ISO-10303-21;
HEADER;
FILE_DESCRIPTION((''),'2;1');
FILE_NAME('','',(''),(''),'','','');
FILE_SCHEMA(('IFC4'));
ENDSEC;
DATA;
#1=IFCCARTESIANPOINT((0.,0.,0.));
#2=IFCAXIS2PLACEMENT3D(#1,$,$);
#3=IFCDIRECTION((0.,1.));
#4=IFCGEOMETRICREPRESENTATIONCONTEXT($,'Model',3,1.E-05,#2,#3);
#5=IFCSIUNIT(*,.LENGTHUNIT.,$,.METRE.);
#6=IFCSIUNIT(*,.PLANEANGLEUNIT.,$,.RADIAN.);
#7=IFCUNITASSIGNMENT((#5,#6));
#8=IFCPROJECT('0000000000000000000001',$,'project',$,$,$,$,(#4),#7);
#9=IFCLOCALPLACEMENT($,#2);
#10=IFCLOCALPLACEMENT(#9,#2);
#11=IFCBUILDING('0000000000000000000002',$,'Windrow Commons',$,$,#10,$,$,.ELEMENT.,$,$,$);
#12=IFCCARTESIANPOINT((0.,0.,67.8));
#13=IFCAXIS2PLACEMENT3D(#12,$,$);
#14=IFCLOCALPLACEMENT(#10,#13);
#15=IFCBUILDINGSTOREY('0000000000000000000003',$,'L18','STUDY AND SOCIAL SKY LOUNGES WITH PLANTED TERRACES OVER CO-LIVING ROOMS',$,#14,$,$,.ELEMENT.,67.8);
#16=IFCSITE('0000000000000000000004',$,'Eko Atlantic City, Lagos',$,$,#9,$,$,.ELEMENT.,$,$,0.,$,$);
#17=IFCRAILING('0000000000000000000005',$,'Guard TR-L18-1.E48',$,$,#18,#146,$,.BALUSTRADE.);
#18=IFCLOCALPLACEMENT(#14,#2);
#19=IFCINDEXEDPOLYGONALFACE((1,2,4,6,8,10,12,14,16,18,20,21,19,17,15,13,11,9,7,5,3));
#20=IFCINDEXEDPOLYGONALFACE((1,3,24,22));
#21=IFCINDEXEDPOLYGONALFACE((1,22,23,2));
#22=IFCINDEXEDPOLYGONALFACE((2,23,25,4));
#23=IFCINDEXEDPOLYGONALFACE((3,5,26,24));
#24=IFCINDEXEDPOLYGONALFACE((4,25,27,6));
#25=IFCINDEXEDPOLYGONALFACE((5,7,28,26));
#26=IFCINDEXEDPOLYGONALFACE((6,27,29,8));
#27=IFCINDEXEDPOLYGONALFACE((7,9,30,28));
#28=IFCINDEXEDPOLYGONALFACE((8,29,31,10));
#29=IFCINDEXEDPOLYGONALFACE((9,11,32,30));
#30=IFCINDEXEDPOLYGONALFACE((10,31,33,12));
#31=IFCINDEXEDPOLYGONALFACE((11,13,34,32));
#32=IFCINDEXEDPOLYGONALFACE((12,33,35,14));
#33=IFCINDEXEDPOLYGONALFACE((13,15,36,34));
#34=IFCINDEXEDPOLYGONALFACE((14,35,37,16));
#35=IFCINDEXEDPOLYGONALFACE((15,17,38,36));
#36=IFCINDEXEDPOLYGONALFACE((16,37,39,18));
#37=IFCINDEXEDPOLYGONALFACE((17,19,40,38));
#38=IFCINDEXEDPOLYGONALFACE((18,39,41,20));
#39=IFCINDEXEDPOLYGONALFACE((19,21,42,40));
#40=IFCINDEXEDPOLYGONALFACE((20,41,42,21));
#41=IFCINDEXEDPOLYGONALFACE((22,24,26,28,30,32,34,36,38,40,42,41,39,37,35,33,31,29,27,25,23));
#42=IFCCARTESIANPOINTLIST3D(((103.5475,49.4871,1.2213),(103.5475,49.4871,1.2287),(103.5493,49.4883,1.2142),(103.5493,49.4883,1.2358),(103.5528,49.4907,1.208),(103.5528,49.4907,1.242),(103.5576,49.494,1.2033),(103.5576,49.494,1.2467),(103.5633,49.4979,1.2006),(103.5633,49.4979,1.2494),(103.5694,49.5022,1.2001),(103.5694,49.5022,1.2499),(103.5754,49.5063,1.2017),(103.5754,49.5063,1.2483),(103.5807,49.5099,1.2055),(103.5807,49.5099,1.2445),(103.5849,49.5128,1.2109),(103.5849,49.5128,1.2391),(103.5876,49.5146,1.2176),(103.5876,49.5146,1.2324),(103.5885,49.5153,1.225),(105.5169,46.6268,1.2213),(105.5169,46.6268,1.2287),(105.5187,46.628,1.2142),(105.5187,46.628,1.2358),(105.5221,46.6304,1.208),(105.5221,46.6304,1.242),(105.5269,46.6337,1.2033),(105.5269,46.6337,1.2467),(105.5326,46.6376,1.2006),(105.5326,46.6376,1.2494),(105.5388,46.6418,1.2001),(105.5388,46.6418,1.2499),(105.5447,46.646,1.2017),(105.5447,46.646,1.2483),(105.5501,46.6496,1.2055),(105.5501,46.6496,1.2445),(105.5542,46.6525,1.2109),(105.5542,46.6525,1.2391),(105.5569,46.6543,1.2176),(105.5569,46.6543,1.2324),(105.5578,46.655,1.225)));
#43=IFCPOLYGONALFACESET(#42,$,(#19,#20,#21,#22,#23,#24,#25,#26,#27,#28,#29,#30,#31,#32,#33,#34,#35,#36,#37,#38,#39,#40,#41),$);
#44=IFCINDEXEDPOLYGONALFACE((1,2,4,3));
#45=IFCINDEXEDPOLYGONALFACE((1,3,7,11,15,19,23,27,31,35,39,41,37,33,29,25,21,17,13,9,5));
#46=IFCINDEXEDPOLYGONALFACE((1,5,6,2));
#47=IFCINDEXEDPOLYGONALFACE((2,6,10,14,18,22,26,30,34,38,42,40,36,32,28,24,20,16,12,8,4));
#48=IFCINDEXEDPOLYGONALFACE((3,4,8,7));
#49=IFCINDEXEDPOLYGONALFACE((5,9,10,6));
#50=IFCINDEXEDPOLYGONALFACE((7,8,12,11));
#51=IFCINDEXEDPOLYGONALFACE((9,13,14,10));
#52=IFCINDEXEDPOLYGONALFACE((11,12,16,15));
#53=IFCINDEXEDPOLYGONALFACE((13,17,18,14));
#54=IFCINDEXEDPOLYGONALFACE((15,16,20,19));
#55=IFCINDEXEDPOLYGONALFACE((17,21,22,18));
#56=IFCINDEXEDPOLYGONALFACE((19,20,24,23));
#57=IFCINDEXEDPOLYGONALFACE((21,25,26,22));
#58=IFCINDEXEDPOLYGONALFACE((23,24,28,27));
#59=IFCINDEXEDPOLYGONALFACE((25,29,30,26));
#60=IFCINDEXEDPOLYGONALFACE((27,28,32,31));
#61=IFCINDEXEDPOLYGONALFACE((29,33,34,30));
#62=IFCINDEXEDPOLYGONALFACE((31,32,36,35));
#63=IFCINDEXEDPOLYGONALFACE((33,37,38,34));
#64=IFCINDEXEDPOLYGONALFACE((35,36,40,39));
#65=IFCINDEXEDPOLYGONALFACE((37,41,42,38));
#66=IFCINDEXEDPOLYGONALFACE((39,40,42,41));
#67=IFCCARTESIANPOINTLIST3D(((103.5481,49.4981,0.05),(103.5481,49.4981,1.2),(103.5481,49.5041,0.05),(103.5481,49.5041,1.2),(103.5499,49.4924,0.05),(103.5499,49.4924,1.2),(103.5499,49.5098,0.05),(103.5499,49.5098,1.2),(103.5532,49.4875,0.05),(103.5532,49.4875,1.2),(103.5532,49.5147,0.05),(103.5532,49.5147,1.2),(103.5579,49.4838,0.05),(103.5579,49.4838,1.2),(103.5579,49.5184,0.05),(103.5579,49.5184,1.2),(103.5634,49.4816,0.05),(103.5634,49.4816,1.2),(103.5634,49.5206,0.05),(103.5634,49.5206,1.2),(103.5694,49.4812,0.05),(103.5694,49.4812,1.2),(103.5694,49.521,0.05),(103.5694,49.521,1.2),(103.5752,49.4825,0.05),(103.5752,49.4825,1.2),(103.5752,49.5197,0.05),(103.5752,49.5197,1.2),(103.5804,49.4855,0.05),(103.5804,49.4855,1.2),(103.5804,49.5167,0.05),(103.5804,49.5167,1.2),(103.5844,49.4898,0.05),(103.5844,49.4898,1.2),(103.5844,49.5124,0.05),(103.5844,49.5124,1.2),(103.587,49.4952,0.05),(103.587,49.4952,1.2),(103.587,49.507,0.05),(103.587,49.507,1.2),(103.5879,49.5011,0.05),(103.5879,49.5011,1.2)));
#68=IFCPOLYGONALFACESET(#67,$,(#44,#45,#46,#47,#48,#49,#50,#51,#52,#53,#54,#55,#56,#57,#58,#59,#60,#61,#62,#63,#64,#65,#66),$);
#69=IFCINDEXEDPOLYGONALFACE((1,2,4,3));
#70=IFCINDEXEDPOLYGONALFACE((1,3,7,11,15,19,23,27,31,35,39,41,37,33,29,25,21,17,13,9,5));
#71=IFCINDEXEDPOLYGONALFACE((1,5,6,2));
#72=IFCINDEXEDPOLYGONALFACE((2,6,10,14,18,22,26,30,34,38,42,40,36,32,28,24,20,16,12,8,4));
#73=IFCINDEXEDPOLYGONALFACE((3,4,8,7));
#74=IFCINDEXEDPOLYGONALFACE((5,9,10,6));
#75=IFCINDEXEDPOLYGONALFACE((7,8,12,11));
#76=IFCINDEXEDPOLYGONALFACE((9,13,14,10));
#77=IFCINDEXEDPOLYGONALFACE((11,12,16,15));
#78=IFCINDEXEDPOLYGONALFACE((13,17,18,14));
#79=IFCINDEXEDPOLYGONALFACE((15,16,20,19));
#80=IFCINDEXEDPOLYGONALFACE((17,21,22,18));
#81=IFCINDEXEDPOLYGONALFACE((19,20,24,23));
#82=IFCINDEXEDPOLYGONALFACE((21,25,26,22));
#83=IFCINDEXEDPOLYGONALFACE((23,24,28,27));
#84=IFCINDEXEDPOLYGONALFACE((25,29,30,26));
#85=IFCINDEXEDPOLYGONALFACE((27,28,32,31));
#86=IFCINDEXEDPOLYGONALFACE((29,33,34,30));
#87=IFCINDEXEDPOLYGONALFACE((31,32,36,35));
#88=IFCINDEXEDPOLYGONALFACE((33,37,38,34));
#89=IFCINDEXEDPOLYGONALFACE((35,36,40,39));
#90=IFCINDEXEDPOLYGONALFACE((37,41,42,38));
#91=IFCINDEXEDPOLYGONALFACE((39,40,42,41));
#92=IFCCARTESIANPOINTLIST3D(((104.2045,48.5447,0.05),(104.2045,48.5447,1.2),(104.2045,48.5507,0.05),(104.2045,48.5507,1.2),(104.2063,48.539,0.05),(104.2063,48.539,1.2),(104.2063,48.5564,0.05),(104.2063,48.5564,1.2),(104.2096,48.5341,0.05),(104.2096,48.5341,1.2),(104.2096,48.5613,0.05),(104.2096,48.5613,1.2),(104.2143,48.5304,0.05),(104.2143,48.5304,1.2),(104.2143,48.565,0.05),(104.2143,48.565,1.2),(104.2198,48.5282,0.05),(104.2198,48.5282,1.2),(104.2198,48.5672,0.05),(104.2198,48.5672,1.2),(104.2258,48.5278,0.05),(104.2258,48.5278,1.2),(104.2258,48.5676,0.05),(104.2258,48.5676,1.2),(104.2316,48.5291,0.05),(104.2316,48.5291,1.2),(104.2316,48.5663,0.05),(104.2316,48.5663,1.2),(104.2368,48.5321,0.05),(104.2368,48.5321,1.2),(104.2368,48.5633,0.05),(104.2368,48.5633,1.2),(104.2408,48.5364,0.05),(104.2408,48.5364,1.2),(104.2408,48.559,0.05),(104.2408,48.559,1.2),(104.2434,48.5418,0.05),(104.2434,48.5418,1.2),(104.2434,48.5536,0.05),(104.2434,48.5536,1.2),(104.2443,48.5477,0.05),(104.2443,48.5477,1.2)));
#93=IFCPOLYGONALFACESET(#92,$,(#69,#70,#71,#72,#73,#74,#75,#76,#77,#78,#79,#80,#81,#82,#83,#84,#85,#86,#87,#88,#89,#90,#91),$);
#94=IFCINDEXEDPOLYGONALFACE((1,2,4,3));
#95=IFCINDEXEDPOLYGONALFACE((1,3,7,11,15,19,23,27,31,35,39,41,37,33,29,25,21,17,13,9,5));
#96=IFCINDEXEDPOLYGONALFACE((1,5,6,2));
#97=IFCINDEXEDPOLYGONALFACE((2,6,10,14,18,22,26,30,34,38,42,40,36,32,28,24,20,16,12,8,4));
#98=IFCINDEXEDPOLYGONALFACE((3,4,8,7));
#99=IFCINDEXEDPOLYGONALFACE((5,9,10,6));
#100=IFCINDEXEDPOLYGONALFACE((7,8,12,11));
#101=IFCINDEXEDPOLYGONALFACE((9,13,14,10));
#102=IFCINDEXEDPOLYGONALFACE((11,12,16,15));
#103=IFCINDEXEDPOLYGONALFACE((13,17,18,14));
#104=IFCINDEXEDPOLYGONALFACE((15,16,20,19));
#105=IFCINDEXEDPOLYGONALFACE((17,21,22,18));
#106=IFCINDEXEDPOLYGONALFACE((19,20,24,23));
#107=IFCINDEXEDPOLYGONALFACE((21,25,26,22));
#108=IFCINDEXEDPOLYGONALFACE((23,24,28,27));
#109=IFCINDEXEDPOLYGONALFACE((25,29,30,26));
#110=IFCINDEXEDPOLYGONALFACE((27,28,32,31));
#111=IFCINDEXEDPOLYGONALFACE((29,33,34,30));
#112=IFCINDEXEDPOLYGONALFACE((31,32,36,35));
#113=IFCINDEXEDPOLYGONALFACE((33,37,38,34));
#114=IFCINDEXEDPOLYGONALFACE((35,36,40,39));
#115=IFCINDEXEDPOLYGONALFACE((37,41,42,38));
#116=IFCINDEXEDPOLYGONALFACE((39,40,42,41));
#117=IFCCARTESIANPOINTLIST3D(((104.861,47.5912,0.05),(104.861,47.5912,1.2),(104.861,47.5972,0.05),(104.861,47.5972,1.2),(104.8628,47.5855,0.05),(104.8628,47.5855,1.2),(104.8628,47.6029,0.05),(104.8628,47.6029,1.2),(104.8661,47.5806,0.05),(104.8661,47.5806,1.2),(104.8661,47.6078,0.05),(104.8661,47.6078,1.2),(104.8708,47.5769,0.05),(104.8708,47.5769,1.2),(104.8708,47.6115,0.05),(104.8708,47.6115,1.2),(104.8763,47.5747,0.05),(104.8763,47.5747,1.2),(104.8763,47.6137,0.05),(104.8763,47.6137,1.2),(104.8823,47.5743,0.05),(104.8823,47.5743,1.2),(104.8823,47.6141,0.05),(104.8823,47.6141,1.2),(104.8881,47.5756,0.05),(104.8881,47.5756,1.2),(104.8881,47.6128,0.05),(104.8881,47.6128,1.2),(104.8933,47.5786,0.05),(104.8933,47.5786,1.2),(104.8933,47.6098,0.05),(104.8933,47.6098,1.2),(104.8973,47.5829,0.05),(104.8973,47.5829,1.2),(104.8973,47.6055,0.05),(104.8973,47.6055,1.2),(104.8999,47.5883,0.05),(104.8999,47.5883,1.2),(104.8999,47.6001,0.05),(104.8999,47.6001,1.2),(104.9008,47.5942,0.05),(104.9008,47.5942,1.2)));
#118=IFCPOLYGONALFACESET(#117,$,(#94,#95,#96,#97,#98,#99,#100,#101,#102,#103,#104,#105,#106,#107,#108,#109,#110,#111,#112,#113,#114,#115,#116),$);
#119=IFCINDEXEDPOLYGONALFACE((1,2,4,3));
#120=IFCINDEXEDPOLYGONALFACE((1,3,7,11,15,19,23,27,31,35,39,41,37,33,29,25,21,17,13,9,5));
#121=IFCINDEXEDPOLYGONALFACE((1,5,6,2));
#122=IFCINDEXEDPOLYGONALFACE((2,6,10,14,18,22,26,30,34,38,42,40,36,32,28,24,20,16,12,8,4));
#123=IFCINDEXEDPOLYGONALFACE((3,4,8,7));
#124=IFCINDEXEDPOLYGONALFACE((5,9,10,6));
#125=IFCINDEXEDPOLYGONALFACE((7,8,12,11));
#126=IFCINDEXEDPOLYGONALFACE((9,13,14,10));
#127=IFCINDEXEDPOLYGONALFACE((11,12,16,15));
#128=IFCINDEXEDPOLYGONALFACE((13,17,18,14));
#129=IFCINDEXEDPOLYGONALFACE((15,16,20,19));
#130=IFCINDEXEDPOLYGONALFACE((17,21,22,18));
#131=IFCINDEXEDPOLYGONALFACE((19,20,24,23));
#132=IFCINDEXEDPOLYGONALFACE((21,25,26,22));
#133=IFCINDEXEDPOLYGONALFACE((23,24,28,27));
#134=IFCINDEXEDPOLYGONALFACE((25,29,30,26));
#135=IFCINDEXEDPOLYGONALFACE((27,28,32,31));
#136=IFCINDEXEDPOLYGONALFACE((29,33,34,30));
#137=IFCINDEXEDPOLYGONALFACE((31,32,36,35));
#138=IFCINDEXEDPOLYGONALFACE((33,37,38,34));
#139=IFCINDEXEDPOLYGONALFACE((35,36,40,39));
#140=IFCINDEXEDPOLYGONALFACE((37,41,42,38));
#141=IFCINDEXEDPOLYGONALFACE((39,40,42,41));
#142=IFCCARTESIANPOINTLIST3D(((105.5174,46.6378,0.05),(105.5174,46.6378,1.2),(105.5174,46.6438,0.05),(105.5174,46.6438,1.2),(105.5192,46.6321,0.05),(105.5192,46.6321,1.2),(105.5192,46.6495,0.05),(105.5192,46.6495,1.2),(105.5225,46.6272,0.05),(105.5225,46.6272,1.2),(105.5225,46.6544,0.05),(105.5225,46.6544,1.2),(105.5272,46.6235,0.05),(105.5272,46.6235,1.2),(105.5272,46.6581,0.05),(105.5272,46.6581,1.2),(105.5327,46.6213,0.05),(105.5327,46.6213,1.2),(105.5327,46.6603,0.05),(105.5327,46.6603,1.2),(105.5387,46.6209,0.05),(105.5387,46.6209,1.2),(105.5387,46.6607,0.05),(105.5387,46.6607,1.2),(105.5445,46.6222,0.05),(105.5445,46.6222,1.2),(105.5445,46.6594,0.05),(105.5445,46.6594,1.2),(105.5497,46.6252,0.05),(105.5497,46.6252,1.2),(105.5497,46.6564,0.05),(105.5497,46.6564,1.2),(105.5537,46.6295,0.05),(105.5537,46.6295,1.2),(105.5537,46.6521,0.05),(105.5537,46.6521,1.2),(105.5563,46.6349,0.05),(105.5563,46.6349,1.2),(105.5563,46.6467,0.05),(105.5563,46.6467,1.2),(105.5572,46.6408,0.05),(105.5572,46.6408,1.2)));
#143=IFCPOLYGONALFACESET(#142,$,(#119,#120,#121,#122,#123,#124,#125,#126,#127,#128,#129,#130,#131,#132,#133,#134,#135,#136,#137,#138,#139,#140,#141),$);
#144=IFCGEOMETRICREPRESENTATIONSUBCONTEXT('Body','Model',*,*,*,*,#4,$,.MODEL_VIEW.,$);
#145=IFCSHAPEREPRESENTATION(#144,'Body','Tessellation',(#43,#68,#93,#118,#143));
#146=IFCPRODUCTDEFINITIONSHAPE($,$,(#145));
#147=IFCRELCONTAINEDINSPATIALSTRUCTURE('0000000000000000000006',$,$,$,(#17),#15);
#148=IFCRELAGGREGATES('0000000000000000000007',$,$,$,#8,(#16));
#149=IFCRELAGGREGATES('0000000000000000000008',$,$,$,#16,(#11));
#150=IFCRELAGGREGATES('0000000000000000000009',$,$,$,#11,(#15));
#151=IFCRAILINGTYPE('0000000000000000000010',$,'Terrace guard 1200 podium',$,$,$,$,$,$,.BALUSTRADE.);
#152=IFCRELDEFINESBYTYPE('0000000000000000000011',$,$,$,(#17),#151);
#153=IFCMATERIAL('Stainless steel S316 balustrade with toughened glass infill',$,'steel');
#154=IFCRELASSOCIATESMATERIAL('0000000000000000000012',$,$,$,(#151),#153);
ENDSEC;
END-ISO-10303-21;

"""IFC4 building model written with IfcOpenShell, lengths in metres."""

from ifc_helpers import new_model, si_unit, direction, frame, origin, origin_2d, place, context, subcontext, project, spatial, circle, extrude, material, type_object, element, save


model = new_model("IFC4")

# Units and contexts
model_context = context("Model", 3, precision=1e-05, world=origin(), true_north=direction((0.0, 1.0)))
body_context = subcontext(model_context, "Body", "Model", "MODEL_VIEW")
ifc_project = project(units=[si_unit("LENGTHUNIT", "METRE"), si_unit("PLANEANGLEUNIT", "RADIAN")], contexts=[model_context])

# Site, building, storey
site_placement = place(None, origin())
site = spatial("IfcSite", under=ifc_project, at=site_placement, Name="Eko Atlantic City, Lagos", CompositionType="ELEMENT", RefElevation=0.0)
building_placement = place(site_placement, origin())
building = spatial("IfcBuilding", under=site, at=building_placement, Name="Windrow Commons", CompositionType="ELEMENT")
storey_placement = place(building_placement, frame((0.0, 0.0, 67.8)))
storey = spatial("IfcBuildingStorey", under=building, at=storey_placement, Name="L18", Description="STUDY AND SOCIAL SKY LOUNGES WITH PLANTED TERRACES OVER CO-LIVING ROOMS", CompositionType="ELEMENT", Elevation=67.8)

# Railing
ifc_material_1 = material(Name="Stainless steel S316 balustrade with toughened glass infill", Category="steel")
railing_type_1 = type_object("IfcRailingType", Name="Terrace guard 1200 podium", PredefinedType="BALUSTRADE", material=ifc_material_1)
railing_1_placement = place(storey_placement, frame((103.5679, 49.5011, 0.05)))
element("IfcRailing", 1, at=railing_1_placement, inside=storey, type_object=railing_type_1, Name="Guard TR-L18-1.E48", PredefinedType="BALUSTRADE", context=body_context, shape_type="SweptSolid", body=[
    extrude(circle(Radius=0.025, at=origin_2d()), frame((0.0, 0.0, 1.175), z_axis=(0.567085, -0.823659, 0.0), x_axis=(0.823659, 0.567085, 0.0)), (0.0, 0.0, 1.0), 3.4727),
    extrude(circle(Radius=0.02, at=origin_2d()), origin(), (0.0, 0.0, 1.0), 1.15),
    extrude(circle(Radius=0.02, at=origin_2d()), frame((0.6564, -0.9534, 0.0)), (0.0, 0.0, 1.0), 1.15),
    extrude(circle(Radius=0.02, at=origin_2d()), frame((1.3129, -1.9069, 0.0)), (0.0, 0.0, 1.0), 1.15),
    extrude(circle(Radius=0.02, at=origin_2d()), frame((1.9693, -2.8603, 0.0)), (0.0, 0.0, 1.0), 1.15),
])

save(model, "model.ifc")
